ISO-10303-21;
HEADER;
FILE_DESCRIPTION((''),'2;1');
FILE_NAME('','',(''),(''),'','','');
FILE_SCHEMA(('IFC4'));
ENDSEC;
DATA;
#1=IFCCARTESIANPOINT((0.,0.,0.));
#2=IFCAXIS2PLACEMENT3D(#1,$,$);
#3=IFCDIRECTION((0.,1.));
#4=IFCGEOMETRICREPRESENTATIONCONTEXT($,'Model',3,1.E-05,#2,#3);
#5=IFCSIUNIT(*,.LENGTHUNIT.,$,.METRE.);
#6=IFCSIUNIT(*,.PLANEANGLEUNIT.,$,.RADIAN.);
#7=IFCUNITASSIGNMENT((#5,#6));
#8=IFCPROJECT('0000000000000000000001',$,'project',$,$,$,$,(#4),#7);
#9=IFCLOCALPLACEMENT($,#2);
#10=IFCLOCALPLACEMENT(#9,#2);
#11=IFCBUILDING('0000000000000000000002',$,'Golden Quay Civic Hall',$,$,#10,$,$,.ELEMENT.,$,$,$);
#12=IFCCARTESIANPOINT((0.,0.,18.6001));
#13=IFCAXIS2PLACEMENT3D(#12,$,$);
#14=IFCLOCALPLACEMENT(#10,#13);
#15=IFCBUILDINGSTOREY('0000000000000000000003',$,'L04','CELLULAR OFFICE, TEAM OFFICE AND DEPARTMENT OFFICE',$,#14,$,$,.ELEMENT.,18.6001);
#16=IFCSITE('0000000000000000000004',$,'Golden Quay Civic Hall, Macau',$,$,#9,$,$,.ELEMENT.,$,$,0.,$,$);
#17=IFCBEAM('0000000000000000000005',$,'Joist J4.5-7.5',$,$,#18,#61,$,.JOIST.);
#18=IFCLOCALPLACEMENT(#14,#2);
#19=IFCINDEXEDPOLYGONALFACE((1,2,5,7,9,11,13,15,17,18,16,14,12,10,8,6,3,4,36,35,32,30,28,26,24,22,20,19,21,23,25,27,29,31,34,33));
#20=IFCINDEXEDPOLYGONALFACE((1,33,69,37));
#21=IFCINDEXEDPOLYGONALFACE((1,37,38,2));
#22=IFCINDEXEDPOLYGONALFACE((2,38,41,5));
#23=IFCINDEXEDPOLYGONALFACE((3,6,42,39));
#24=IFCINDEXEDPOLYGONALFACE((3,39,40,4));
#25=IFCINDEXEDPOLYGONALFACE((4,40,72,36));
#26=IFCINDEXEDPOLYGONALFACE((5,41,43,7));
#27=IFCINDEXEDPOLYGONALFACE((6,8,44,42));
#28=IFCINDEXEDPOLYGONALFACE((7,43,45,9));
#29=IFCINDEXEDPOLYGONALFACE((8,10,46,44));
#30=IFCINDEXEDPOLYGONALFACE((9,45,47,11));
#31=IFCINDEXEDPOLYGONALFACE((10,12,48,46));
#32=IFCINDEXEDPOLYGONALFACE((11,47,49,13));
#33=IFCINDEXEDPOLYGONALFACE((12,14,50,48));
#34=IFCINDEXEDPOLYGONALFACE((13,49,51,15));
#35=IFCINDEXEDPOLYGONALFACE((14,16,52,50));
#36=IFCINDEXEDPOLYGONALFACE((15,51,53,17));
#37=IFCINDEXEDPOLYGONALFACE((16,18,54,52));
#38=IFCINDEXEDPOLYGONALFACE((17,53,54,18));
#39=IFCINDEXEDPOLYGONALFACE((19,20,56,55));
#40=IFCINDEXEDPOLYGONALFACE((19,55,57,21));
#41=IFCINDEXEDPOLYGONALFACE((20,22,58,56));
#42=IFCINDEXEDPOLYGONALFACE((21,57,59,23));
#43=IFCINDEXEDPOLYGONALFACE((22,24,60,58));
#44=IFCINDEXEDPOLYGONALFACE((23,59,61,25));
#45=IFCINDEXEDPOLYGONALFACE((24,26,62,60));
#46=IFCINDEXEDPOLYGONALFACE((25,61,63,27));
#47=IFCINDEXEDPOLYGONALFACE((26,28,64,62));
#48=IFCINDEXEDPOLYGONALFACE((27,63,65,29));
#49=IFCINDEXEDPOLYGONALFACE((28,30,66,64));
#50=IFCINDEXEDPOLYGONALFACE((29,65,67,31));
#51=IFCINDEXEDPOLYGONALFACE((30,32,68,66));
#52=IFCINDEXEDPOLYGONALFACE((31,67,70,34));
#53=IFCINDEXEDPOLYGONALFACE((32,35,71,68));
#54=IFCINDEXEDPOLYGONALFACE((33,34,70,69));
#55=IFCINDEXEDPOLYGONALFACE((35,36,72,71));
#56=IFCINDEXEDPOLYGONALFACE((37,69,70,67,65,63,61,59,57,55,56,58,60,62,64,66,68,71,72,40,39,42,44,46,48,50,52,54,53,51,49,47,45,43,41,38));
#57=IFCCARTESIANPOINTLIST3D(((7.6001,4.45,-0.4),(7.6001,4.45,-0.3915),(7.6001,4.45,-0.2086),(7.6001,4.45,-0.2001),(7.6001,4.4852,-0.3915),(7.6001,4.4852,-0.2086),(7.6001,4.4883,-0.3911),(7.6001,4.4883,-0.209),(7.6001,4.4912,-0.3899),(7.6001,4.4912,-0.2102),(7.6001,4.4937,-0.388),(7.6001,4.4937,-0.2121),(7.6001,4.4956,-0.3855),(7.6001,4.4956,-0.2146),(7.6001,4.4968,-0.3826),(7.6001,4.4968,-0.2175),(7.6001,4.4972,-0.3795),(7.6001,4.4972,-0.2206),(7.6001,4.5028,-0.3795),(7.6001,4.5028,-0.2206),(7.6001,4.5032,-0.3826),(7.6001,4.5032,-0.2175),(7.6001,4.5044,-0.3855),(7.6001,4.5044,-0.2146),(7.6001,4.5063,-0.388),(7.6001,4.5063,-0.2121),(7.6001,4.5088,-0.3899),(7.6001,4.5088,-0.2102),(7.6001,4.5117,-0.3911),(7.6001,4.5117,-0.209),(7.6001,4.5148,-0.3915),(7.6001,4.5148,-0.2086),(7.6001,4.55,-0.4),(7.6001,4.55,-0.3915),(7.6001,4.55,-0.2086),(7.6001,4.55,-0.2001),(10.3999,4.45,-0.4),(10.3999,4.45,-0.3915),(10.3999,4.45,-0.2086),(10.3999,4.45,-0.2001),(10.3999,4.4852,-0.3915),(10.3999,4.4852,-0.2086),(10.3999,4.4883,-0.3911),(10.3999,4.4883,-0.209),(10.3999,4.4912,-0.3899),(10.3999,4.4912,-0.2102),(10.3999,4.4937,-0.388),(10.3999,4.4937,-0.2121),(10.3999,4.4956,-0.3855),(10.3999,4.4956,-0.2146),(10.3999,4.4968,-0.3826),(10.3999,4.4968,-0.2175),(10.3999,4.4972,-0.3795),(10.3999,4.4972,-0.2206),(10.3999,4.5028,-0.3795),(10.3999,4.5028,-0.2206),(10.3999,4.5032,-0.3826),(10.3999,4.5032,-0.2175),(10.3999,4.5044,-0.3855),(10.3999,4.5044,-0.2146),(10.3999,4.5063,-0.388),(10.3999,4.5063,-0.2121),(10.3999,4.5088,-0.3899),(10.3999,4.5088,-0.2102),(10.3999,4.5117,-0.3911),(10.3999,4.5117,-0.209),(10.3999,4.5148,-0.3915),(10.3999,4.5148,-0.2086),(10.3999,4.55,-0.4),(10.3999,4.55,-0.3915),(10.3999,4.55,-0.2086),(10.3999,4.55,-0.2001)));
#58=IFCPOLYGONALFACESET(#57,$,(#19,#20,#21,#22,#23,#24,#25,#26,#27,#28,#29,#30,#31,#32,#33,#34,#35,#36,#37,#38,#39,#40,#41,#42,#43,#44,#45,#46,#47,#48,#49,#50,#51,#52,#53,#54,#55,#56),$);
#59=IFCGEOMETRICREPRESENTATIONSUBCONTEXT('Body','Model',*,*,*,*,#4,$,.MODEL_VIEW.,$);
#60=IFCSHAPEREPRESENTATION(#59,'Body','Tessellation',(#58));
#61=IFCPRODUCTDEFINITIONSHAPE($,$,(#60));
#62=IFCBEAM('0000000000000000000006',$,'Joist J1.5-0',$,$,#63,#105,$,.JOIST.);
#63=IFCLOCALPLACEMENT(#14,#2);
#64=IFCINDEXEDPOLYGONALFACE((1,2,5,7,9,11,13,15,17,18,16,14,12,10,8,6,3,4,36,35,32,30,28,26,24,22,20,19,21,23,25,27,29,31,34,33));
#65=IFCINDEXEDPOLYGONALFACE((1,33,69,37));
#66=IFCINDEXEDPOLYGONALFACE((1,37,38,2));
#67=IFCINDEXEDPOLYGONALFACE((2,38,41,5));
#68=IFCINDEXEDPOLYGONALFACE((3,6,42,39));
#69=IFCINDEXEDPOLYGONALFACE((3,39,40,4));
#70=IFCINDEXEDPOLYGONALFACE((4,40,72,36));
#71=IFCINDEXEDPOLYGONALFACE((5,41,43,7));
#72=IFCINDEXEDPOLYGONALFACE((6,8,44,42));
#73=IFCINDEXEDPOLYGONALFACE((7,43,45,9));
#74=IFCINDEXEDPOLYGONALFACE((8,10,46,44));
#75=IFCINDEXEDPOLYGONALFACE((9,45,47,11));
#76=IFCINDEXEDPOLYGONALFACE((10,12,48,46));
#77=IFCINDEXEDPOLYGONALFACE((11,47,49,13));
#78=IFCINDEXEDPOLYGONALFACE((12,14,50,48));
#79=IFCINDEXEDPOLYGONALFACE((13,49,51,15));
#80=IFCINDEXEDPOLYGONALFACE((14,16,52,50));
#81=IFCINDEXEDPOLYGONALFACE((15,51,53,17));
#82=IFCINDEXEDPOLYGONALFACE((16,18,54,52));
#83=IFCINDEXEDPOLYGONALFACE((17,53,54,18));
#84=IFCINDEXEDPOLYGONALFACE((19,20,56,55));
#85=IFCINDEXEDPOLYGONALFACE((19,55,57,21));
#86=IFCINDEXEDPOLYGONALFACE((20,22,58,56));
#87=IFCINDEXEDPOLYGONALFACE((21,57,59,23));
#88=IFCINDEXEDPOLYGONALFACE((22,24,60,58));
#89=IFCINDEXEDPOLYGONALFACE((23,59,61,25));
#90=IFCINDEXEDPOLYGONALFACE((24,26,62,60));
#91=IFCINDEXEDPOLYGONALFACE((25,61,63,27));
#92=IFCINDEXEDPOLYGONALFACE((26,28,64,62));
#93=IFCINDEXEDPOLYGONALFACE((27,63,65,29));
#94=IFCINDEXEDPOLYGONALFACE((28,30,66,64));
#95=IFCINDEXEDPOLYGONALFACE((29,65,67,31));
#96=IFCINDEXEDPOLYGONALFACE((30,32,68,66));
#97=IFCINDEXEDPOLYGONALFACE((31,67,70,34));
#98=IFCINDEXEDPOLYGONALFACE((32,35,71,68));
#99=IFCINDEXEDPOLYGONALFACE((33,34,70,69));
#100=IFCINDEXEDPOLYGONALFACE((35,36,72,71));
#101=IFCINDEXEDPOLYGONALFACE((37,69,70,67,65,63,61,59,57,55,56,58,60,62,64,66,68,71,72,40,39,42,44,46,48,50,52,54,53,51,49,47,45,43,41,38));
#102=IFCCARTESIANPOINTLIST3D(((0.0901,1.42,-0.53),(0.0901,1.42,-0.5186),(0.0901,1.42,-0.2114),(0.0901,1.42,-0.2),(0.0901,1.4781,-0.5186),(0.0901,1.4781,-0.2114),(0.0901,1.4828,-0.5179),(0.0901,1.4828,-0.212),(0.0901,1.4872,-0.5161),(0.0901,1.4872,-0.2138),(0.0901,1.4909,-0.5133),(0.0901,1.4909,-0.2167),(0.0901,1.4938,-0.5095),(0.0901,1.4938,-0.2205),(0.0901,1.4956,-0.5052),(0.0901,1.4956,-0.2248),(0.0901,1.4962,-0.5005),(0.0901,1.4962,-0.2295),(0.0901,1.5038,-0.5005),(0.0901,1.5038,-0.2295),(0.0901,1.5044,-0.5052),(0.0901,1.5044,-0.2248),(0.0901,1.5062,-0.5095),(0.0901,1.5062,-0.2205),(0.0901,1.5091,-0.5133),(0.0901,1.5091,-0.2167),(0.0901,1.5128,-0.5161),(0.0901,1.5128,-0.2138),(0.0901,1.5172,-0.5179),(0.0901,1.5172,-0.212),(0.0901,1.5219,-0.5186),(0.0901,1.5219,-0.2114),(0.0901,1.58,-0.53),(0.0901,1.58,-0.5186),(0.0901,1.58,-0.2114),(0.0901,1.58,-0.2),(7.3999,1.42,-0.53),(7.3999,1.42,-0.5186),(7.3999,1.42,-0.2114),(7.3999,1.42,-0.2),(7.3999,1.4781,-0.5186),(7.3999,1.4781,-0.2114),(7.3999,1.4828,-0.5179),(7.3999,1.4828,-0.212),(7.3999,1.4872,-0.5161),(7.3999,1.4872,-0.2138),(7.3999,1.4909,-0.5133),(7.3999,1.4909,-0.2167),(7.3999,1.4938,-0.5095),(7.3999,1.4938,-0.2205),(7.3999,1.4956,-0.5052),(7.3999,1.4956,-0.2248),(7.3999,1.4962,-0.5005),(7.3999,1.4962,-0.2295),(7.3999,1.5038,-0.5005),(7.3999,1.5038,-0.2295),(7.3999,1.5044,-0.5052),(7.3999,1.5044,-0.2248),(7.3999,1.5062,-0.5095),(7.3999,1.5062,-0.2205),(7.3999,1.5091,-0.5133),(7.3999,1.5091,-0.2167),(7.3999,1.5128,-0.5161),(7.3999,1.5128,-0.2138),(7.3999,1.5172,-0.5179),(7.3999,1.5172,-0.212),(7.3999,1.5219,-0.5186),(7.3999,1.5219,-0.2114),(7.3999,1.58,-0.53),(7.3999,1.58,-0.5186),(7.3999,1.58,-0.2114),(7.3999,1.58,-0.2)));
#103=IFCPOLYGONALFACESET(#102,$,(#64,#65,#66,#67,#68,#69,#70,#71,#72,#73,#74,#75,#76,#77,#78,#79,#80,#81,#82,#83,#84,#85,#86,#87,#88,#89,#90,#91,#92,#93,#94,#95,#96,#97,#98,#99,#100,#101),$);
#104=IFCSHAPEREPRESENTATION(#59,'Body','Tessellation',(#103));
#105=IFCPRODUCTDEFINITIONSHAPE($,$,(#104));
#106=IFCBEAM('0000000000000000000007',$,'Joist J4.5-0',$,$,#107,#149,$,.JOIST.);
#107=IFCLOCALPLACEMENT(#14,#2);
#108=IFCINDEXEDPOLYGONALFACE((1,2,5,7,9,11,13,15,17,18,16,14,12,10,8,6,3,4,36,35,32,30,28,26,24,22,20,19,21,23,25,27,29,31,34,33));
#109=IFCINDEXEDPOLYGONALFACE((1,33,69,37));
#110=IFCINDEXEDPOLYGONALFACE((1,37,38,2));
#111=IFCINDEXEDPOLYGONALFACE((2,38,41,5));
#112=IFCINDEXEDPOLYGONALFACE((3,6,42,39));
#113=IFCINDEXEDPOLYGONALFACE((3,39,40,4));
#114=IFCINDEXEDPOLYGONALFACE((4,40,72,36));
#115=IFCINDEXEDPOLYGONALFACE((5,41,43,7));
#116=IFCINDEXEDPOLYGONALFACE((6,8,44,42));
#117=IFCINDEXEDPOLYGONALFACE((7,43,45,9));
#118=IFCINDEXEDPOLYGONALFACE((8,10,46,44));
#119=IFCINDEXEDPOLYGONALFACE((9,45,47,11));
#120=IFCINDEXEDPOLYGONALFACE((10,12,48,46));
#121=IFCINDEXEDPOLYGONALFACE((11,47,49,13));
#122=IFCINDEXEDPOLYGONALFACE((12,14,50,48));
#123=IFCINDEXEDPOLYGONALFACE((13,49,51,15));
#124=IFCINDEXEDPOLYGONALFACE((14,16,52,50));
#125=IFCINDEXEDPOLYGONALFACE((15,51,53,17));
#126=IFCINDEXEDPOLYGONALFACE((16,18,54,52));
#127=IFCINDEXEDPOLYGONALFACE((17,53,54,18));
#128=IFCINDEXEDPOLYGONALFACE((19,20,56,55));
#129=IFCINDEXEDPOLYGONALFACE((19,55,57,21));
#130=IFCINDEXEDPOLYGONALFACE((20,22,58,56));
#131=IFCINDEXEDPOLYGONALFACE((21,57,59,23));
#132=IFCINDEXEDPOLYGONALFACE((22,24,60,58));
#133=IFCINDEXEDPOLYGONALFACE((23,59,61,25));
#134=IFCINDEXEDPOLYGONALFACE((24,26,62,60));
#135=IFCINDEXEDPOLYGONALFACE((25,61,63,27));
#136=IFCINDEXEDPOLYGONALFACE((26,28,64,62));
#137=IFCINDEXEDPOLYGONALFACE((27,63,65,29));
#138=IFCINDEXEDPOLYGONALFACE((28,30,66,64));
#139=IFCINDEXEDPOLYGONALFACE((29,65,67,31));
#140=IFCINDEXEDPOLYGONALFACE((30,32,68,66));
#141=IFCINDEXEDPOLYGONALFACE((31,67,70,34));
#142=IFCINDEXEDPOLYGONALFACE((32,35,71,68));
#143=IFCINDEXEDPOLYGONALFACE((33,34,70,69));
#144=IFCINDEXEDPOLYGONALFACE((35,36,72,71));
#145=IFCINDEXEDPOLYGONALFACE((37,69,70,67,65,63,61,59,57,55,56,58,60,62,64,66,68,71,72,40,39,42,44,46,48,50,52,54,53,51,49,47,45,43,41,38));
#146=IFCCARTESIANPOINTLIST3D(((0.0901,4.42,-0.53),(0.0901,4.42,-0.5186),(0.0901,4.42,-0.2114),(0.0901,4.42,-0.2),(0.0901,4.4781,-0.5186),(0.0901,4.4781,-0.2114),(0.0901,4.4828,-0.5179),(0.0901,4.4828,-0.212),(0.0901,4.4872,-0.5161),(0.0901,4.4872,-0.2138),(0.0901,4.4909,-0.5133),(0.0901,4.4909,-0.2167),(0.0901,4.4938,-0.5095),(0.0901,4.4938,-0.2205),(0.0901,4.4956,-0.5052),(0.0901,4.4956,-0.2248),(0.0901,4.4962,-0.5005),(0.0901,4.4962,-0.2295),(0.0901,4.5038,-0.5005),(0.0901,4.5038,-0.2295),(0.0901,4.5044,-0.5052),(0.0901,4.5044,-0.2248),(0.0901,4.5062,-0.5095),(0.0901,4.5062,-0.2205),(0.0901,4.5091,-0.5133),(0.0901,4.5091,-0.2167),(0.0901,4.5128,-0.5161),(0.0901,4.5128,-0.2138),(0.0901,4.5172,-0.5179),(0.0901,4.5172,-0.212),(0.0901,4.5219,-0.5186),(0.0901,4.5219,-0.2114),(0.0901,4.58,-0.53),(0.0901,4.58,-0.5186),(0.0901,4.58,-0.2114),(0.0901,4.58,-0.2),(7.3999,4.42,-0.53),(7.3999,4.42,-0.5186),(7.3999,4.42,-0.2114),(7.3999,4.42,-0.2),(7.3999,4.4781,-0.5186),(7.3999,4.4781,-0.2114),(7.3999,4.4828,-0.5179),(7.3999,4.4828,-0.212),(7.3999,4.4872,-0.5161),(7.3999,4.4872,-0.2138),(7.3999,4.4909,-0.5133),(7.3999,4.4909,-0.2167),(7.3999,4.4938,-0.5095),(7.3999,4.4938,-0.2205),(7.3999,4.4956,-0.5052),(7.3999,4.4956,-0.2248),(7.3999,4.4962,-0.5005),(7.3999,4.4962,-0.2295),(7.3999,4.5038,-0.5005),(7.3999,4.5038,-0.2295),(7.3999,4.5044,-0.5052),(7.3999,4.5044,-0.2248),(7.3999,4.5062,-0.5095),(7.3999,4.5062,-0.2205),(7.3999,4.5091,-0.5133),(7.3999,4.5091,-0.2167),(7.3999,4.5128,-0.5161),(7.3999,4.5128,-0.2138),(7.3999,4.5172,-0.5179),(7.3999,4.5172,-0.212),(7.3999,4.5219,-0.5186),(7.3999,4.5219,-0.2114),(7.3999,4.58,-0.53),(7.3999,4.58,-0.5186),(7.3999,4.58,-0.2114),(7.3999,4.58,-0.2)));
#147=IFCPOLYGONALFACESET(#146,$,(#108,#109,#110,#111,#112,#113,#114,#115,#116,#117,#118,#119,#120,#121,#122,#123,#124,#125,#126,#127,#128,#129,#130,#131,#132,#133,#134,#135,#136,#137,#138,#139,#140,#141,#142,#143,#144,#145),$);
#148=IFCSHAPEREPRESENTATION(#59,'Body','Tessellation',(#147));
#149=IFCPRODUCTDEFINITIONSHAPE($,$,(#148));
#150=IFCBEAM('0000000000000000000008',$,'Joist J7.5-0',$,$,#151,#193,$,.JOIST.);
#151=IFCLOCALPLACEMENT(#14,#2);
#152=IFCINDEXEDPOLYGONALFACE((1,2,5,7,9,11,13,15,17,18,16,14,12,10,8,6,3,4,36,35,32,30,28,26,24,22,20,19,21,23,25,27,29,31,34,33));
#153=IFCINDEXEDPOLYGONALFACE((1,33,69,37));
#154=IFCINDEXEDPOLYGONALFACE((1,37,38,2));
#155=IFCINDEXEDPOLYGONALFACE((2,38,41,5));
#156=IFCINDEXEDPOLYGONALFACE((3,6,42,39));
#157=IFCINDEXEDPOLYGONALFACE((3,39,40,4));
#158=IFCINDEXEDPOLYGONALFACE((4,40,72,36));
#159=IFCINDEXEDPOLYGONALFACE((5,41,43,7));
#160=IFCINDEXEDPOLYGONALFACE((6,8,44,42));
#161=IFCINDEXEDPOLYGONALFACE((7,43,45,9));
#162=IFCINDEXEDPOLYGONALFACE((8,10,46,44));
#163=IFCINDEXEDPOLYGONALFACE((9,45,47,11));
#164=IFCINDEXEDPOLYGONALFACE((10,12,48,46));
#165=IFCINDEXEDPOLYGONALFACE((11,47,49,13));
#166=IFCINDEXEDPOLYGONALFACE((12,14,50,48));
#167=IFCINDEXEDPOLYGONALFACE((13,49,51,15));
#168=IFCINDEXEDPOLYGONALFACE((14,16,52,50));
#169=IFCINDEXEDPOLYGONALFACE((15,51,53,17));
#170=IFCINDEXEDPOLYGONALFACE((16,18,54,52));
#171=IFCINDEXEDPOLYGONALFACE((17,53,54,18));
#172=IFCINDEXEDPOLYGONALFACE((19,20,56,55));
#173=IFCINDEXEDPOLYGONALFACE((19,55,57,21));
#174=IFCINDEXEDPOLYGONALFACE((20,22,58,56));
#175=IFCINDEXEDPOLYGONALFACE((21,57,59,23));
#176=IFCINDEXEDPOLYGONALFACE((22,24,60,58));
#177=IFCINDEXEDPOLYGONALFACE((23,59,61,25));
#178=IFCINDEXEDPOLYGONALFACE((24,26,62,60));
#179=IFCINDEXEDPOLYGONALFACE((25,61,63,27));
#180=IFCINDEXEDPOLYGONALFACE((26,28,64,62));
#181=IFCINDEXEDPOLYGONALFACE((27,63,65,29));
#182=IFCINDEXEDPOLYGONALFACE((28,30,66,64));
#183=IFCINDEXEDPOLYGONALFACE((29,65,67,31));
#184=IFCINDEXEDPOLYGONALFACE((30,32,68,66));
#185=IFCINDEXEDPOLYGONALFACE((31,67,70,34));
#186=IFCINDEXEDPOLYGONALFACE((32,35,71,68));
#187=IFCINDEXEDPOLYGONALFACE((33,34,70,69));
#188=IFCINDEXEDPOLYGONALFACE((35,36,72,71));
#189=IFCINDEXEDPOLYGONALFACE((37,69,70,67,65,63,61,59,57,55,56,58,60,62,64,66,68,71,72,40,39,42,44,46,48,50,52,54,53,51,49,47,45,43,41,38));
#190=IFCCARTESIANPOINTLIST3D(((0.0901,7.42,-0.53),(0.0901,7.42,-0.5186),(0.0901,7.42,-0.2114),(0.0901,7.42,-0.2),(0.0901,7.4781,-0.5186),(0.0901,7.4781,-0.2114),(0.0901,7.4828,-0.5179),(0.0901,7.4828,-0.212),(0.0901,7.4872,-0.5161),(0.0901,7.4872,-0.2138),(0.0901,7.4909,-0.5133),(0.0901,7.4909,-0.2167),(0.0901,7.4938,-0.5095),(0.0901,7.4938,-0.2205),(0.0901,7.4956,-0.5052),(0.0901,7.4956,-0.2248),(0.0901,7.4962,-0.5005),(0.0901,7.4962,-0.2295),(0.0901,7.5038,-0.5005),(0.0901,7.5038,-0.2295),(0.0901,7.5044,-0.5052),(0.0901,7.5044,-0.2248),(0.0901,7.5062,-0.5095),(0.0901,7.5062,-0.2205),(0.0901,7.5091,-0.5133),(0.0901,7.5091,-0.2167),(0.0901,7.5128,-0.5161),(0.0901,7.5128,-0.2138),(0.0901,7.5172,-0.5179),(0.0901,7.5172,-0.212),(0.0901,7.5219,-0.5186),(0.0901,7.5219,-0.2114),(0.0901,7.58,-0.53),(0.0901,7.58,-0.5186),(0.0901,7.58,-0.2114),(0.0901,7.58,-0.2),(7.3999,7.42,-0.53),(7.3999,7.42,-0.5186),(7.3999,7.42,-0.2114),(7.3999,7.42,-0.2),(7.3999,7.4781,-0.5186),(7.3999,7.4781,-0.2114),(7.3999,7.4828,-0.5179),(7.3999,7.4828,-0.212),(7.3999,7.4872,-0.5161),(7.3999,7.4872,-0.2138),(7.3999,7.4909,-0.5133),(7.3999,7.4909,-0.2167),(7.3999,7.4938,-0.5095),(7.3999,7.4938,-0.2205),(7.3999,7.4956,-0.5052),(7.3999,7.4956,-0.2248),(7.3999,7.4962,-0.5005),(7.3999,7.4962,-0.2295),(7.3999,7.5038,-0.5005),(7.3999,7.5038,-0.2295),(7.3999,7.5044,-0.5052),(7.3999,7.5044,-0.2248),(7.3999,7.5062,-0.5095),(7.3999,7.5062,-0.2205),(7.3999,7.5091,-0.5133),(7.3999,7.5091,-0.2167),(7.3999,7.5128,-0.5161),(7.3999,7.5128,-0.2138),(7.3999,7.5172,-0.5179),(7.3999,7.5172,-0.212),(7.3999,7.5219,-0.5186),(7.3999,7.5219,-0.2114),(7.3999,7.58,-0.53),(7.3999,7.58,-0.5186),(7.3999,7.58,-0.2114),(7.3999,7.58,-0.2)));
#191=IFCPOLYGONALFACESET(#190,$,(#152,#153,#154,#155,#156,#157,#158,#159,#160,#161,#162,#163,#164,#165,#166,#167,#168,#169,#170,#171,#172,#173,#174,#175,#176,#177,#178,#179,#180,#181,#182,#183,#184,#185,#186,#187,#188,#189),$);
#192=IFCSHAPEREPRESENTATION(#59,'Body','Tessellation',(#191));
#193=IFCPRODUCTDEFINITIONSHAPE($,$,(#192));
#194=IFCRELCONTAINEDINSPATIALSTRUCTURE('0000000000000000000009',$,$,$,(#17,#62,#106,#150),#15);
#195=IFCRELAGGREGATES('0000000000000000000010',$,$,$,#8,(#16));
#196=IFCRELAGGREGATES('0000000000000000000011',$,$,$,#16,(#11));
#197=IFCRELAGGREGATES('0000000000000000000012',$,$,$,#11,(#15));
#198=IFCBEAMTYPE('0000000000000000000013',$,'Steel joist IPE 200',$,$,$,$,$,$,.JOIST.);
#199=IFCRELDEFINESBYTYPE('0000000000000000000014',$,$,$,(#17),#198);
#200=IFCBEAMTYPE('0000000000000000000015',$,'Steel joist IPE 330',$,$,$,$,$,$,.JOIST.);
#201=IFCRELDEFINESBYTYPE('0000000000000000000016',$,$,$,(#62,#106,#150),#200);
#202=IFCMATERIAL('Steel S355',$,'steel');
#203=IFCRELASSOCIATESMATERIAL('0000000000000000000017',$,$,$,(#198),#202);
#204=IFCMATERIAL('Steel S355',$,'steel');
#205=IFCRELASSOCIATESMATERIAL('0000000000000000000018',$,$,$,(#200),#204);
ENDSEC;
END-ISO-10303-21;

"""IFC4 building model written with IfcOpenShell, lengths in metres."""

from ifc_helpers import new_model, si_unit, direction, frame, origin, origin_2d, place, context, subcontext, project, spatial, i_section, extrude, material, material_profile, profile_set, type_object, element, save


model = new_model("IFC4")

# Units and contexts
model_context = context("Model", 3, precision=1e-05, world=origin(), true_north=direction((0.0, 1.0)))
body_context = subcontext(model_context, "Body", "Model", "MODEL_VIEW")
ifc_project = project(units=[si_unit("LENGTHUNIT", "METRE"), si_unit("PLANEANGLEUNIT", "RADIAN")], contexts=[model_context])

# Site, building, storey
site_placement = place(None, origin())
site = spatial("IfcSite", under=ifc_project, at=site_placement, Name="Golden Quay Civic Hall, Macau", CompositionType="ELEMENT", RefElevation=0.0)
building_placement = place(site_placement, origin())
building = spatial("IfcBuilding", under=site, at=building_placement, Name="Golden Quay Civic Hall", CompositionType="ELEMENT")
storey_placement = place(building_placement, frame((0.0, 0.0, 18.6001)))
storey = spatial("IfcBuildingStorey", under=building, at=storey_placement, Name="L04", Description="CELLULAR OFFICE, TEAM OFFICE AND DEPARTMENT OFFICE", CompositionType="ELEMENT", Elevation=18.6001)

# Beams
ifc_material_1 = material(Name="Steel S355", Category="steel")
ifc_material_profile_1 = material_profile(ifc_material_1, i_section(OverallWidth=0.1001, OverallDepth=0.2, WebThickness=0.0056, FlangeThickness=0.0085, FilletRadius=0.012, at=origin_2d()), Name="IPE 200")
ifc_profile_set_1 = profile_set([ifc_material_profile_1], Name="Steel S355")
beam_type_1 = type_object("IfcBeamType", Name="Steel joist IPE 200", PredefinedType="JOIST", material=ifc_profile_set_1)
for number, where, z_axis, x_axis, name in (
    (1, (7.6001, 4.5, -0.3), (1.0, 0.0, 0.0), (0.0, 1.0, 0.0), "Joist J4.5-7.5"),
):
    element("IfcBeam", number, at=place(storey_placement, frame(where, z_axis=z_axis, x_axis=x_axis)), inside=storey, type_object=beam_type_1, Name=name, PredefinedType="JOIST", context=body_context, shape_type="SweptSolid", body=[
        extrude(i_section(OverallWidth=0.1001, OverallDepth=0.2, WebThickness=0.0056, FlangeThickness=0.0085, FilletRadius=0.012, at=origin_2d()), origin(), (0.0, 0.0, 1.0), 2.7998),
    ])
ifc_material_2 = material(Name="Steel S355", Category="steel")
ifc_material_profile_2 = material_profile(ifc_material_2, i_section(OverallWidth=0.1599, OverallDepth=0.3301, WebThickness=0.0076, FlangeThickness=0.0115, FilletRadius=0.0181, at=origin_2d()), Name="IPE 330")
ifc_profile_set_2 = profile_set([ifc_material_profile_2], Name="Steel S355")
beam_type_2 = type_object("IfcBeamType", Name="Steel joist IPE 330", PredefinedType="JOIST", material=ifc_profile_set_2)
for number, where, z_axis, x_axis, name in (
    (2, (0.0901, 1.5, -0.365), (1.0, 0.0, 0.0), (0.0, 1.0, 0.0), "Joist J1.5-0"),
    (3, (0.0901, 4.5, -0.365), (1.0, 0.0, 0.0), (0.0, 1.0, 0.0), "Joist J4.5-0"),
    (4, (0.0901, 7.5, -0.365), (1.0, 0.0, 0.0), (0.0, 1.0, 0.0), "Joist J7.5-0"),
):
    element("IfcBeam", number, at=place(storey_placement, frame(where, z_axis=z_axis, x_axis=x_axis)), inside=storey, type_object=beam_type_2, Name=name, PredefinedType="JOIST", context=body_context, shape_type="SweptSolid", body=[
        extrude(i_section(OverallWidth=0.1599, OverallDepth=0.3301, WebThickness=0.0076, FlangeThickness=0.0115, FilletRadius=0.0181, at=origin_2d()), origin(), (0.0, 0.0, 1.0), 7.3098),
    ])

save(model, "model.ifc")
